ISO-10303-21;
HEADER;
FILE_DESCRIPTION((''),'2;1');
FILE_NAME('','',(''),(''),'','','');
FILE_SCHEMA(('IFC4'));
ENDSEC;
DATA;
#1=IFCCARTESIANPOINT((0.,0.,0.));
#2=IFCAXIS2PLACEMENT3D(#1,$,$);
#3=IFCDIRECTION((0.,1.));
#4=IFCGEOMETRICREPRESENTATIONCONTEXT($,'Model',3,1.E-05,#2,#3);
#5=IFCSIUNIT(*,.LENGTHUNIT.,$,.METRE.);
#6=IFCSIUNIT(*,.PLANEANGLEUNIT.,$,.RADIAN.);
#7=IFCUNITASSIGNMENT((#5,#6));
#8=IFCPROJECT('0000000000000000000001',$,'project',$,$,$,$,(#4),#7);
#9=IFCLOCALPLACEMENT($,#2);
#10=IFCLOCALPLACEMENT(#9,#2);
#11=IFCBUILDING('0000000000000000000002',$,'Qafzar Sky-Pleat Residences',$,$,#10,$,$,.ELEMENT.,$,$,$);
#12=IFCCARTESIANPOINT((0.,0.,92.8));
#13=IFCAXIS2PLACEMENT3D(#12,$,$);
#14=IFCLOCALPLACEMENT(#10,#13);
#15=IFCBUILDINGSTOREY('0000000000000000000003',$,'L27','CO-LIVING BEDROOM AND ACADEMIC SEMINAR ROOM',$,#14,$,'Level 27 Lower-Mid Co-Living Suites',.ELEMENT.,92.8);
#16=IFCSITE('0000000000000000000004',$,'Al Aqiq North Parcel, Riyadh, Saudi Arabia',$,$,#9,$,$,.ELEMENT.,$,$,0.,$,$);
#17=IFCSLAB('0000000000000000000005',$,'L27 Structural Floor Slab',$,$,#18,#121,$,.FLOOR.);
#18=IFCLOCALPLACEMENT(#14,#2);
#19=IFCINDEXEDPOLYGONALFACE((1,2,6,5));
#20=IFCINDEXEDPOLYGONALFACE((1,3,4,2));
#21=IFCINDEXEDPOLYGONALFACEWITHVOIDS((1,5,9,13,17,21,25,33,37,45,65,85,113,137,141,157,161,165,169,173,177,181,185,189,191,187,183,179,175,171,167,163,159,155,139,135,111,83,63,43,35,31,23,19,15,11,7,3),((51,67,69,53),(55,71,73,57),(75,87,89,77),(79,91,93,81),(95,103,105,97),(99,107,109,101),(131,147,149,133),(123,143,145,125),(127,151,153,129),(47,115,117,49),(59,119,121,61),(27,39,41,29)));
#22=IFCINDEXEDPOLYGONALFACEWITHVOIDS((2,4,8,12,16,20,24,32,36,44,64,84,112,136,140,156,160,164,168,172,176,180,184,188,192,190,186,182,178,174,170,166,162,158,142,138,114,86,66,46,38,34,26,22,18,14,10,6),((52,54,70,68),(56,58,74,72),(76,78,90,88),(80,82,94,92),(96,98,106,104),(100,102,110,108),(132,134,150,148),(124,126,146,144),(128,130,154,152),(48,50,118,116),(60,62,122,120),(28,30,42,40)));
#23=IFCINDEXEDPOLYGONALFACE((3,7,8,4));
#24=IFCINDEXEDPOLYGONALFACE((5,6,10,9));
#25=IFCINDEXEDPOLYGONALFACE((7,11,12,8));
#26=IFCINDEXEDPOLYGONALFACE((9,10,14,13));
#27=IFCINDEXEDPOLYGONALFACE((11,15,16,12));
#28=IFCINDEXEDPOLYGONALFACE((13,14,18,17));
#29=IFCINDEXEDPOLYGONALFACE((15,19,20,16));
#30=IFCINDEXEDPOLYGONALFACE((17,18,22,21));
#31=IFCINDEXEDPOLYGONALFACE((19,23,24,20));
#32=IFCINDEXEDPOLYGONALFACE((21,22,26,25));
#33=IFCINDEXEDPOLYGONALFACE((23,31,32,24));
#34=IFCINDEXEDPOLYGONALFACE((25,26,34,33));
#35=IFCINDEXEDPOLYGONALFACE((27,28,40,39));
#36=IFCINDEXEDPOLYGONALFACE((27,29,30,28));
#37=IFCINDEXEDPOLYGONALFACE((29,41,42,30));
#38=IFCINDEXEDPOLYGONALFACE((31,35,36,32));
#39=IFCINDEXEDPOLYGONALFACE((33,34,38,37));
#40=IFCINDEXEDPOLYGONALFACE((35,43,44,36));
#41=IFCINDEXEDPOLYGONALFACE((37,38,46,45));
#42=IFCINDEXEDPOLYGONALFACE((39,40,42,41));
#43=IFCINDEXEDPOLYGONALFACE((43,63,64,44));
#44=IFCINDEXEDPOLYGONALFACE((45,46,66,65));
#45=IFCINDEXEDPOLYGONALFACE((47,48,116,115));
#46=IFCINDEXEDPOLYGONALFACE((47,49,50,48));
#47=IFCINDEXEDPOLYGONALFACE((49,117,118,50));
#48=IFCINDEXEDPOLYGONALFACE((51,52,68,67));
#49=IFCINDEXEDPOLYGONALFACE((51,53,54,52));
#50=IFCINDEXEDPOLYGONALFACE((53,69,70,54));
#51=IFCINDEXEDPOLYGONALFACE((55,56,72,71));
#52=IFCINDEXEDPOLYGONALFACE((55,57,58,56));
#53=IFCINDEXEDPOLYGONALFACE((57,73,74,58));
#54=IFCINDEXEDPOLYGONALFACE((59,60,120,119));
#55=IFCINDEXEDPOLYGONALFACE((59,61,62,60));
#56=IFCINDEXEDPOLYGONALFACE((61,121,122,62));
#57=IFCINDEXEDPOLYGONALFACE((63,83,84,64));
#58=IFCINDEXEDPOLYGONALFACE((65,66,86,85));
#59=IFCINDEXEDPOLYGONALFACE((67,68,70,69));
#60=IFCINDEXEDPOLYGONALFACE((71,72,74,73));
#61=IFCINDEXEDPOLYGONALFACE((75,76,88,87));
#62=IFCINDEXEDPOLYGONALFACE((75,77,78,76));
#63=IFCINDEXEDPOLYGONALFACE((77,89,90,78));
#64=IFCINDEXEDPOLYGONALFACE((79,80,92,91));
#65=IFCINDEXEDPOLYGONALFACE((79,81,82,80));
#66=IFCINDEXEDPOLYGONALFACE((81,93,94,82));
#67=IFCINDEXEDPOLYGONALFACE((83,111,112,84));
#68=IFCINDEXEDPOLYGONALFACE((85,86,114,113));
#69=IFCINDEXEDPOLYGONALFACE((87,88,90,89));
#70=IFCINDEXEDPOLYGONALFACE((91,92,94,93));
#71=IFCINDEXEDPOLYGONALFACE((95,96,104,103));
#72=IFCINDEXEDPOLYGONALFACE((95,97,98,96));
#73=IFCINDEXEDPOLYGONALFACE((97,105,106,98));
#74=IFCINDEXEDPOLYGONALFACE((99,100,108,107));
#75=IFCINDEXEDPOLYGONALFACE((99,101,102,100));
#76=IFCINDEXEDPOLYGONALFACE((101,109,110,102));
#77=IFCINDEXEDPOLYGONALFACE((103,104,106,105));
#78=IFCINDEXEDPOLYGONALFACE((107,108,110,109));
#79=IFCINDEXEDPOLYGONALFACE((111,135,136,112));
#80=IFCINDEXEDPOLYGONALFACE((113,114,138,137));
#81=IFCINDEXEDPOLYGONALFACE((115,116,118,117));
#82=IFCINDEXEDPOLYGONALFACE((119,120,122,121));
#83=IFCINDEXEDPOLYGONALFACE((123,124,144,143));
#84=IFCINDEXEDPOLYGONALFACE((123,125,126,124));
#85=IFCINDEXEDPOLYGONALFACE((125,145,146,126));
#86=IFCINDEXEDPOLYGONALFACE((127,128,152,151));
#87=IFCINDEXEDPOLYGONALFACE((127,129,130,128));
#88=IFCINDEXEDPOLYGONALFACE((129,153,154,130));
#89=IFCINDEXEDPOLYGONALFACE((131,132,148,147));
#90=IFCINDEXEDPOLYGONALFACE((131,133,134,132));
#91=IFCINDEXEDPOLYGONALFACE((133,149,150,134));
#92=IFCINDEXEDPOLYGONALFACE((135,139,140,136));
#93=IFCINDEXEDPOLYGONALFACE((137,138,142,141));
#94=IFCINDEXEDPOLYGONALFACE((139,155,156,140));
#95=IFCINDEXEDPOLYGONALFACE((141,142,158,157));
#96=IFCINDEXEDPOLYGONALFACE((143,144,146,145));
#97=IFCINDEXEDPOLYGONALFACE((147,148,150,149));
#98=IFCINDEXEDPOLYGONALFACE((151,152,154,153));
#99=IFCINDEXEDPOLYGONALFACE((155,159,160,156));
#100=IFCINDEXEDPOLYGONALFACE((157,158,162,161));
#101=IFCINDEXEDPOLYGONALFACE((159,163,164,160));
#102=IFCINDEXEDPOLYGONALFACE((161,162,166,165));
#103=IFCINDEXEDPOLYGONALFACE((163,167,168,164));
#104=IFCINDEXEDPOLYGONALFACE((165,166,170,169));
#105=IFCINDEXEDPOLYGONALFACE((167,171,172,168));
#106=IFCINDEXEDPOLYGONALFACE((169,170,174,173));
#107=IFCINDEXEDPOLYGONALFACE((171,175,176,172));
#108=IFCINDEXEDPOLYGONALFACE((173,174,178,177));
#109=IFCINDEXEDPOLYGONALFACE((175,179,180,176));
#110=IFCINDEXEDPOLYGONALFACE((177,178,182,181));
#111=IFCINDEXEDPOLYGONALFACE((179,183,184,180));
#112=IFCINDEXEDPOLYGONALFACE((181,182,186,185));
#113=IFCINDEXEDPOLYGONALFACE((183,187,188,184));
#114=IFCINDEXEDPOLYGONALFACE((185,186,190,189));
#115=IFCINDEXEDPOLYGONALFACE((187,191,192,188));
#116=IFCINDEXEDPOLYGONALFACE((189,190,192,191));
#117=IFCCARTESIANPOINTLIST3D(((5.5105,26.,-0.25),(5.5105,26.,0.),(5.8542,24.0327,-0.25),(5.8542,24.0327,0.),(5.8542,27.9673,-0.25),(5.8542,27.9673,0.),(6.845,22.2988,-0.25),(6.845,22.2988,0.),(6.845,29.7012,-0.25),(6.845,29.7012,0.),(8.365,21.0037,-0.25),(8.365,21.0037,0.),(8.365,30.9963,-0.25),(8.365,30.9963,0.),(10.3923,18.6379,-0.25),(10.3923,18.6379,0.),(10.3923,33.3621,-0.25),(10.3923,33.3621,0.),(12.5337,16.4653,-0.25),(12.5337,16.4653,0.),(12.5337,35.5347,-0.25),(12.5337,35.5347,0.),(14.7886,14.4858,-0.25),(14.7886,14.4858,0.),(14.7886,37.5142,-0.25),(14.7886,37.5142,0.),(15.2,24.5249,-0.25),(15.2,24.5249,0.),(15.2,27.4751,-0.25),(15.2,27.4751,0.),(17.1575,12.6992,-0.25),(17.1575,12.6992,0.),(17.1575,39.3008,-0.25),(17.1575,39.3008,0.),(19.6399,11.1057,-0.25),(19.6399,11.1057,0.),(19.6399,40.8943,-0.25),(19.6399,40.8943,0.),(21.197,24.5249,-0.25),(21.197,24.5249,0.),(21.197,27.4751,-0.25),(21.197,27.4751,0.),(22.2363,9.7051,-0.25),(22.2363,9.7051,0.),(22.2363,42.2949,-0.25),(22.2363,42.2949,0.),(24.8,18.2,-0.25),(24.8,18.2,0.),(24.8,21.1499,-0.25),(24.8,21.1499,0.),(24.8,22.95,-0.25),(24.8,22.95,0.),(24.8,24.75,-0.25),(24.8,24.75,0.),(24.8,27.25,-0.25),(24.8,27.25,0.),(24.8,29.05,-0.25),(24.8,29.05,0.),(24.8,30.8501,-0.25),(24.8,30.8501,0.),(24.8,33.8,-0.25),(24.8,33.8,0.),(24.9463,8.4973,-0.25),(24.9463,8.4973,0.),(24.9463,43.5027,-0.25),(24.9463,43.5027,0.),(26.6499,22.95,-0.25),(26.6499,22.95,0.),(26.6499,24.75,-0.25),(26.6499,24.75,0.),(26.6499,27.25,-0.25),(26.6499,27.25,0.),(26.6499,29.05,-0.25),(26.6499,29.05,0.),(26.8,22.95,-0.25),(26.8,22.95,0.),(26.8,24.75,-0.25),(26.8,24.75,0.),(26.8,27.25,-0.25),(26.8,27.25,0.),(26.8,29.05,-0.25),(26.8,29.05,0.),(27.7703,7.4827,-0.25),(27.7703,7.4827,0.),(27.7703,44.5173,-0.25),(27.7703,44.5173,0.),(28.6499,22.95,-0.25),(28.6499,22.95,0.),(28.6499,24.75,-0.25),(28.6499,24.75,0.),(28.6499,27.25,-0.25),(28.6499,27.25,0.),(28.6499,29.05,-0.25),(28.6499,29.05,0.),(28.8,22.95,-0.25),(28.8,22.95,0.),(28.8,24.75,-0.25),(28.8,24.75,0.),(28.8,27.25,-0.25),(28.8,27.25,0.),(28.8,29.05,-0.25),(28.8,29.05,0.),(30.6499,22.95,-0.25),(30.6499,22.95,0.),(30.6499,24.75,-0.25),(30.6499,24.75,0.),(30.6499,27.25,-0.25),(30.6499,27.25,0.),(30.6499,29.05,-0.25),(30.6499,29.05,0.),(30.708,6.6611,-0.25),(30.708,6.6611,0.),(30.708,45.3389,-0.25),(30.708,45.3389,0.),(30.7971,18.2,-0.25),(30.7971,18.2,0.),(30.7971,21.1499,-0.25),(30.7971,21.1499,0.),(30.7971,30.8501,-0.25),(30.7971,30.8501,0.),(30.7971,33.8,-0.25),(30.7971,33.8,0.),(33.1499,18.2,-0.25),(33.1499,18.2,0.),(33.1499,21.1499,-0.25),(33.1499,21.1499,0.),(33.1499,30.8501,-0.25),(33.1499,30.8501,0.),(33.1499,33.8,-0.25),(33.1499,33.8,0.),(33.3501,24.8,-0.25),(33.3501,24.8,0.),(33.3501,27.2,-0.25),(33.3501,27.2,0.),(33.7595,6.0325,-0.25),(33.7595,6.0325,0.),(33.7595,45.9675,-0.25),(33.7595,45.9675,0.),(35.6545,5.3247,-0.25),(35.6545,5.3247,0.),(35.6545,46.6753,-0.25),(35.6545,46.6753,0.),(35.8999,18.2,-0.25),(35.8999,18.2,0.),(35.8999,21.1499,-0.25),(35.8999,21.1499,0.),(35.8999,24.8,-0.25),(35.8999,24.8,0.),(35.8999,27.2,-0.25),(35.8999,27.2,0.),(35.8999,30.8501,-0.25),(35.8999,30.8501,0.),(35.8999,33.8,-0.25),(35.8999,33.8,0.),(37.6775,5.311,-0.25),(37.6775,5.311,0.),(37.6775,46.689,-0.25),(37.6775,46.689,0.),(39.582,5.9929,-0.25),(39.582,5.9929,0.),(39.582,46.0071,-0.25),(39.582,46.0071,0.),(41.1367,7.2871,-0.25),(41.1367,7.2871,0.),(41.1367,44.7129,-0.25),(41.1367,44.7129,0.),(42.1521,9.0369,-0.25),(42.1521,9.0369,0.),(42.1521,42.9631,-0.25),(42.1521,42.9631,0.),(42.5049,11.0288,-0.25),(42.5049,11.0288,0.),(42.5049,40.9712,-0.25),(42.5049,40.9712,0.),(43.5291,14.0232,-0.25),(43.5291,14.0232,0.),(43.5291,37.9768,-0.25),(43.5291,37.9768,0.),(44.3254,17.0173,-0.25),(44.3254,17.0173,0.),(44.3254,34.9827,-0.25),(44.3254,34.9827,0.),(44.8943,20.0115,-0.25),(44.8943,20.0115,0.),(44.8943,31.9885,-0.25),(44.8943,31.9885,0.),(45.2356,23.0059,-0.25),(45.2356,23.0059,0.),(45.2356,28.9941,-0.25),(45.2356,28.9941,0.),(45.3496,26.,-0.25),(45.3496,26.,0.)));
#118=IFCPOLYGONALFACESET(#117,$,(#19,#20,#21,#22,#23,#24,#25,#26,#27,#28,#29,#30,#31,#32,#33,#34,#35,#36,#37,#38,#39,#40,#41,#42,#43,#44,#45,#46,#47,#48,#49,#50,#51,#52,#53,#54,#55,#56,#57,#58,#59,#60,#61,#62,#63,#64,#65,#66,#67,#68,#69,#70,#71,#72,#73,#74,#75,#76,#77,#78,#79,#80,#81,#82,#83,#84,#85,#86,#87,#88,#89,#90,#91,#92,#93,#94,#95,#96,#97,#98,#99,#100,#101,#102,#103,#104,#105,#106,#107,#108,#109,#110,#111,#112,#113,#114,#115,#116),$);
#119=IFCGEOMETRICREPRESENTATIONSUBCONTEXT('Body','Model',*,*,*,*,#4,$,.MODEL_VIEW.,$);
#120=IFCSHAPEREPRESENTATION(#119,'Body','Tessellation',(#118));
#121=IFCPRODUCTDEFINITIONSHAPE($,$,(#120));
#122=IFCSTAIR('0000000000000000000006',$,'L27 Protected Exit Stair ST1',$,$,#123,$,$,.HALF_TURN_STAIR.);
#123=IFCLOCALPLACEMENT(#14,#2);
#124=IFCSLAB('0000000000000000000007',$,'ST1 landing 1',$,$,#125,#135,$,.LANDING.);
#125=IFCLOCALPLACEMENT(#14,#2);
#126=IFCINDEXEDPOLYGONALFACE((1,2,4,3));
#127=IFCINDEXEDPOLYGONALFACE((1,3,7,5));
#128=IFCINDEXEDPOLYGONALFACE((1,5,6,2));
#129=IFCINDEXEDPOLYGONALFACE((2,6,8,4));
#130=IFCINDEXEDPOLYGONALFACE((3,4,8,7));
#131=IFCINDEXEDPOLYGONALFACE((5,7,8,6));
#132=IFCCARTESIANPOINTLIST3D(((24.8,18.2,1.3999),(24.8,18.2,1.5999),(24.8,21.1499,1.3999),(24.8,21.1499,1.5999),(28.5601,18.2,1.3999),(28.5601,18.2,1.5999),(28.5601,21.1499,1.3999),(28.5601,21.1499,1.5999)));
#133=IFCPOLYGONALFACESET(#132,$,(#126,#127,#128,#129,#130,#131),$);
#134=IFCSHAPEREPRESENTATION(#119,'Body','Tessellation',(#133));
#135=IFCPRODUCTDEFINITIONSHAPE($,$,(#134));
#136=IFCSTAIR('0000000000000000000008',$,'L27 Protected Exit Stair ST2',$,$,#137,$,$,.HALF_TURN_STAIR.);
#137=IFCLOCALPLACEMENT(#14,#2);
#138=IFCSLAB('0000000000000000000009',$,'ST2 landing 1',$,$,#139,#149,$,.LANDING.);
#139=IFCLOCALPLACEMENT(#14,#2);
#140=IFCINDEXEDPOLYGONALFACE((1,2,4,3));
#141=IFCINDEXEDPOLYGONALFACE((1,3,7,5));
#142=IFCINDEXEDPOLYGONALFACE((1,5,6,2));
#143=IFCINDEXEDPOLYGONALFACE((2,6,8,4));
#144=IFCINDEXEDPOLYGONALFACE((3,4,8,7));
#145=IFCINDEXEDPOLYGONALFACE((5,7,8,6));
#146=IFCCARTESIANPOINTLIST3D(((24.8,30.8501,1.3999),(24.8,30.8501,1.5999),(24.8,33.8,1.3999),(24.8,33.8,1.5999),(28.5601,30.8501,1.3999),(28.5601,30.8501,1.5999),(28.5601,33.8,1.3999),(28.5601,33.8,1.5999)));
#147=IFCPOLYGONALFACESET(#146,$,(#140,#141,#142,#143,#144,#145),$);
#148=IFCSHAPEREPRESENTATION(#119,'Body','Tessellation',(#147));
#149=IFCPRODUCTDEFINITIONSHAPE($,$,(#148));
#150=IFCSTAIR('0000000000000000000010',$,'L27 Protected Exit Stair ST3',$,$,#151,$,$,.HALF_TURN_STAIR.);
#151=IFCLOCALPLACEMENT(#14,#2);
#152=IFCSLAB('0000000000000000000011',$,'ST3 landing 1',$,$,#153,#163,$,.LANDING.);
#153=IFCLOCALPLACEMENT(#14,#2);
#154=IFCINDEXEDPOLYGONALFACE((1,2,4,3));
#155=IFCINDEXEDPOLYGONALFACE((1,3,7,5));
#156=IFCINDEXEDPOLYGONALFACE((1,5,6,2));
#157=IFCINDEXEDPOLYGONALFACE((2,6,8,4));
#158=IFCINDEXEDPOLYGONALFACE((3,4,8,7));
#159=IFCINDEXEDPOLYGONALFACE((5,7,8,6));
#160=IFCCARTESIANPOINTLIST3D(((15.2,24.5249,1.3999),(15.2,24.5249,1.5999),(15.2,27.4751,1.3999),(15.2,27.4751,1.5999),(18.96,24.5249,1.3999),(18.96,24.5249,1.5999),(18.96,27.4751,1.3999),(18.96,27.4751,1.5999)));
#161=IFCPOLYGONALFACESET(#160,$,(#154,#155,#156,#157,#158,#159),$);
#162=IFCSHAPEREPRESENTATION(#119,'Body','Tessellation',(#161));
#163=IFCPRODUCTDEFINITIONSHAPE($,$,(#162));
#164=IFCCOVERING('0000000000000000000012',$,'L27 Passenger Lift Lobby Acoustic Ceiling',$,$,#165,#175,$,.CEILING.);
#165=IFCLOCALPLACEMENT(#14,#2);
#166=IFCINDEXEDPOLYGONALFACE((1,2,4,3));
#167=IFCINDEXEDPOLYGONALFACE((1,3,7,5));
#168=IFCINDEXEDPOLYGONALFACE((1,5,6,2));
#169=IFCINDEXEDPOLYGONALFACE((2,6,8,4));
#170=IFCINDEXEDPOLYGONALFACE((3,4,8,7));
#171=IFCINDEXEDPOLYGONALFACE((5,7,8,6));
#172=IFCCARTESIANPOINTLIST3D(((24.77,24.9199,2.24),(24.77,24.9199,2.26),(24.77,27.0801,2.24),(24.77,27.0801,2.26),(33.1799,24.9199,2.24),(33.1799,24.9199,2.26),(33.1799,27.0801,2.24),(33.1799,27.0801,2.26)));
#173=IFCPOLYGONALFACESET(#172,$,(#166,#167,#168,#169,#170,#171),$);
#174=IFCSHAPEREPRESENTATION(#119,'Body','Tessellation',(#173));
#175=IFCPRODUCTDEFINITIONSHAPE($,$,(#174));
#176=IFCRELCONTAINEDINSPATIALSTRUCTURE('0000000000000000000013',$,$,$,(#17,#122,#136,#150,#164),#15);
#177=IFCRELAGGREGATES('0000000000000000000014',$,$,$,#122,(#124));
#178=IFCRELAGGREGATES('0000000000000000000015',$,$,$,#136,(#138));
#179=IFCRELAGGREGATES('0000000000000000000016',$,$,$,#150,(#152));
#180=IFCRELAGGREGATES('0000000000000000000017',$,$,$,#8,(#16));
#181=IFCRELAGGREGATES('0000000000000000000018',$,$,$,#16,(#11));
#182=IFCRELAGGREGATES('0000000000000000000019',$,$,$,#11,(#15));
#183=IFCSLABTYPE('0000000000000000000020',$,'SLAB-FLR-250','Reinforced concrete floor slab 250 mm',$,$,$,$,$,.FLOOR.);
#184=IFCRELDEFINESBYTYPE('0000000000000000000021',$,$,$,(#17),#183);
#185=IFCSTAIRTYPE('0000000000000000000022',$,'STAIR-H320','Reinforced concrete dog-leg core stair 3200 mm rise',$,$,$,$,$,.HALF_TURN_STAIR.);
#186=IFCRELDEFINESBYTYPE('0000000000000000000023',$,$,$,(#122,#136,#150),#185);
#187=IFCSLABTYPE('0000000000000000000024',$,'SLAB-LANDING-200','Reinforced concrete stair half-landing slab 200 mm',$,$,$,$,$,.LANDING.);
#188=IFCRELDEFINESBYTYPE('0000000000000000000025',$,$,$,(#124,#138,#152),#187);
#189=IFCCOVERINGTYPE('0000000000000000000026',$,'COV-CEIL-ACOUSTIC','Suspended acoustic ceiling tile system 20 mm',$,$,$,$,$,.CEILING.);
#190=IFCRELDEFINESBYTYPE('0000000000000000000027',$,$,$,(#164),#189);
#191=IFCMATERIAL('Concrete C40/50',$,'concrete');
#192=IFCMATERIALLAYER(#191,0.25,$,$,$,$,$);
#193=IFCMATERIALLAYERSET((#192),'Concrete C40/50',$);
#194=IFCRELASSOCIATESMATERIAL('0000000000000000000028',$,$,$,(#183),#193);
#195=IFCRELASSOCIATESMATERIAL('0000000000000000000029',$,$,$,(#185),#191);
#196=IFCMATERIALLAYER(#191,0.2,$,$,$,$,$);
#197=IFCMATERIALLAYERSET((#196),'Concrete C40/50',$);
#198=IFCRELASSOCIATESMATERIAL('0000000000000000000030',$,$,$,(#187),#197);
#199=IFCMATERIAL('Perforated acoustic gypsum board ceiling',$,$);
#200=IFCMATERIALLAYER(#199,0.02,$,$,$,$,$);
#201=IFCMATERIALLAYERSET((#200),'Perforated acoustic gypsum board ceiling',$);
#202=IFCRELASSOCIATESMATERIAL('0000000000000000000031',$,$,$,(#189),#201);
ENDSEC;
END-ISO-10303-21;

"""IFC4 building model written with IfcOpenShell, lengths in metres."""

from ifc_helpers import new_model, si_unit, direction, frame, origin, place, context, subcontext, project, spatial, polyline, outline, extrude, material, layer, layer_set, type_object, element, aggregate, save


model = new_model("IFC4")

# Units and contexts
model_context = context("Model", 3, precision=1e-05, world=origin(), true_north=direction((0.0, 1.0)))
body_context = subcontext(model_context, "Body", "Model", "MODEL_VIEW")
ifc_project = project(units=[si_unit("LENGTHUNIT", "METRE"), si_unit("PLANEANGLEUNIT", "RADIAN")], contexts=[model_context])

# Site, building, storey
site_placement = place(None, origin())
site = spatial("IfcSite", under=ifc_project, at=site_placement, Name="Al Aqiq North Parcel, Riyadh, Saudi Arabia", CompositionType="ELEMENT", RefElevation=0.0)
building_placement = place(site_placement, origin())
building = spatial("IfcBuilding", under=site, at=building_placement, Name="Qafzar Sky-Pleat Residences", CompositionType="ELEMENT")
storey_placement = place(building_placement, frame((0.0, 0.0, 92.8)))
storey = spatial("IfcBuildingStorey", under=building, at=storey_placement, Name="L27", Description="CO-LIVING BEDROOM AND ACADEMIC SEMINAR ROOM", LongName="Level 27 Lower-Mid Co-Living Suites", CompositionType="ELEMENT", Elevation=92.8)

# Slab
ifc_material_1 = material(Name="Concrete C40/50", Category="concrete")
ifc_layer_1 = layer(ifc_material_1, 0.25)
ifc_layer_set_1 = layer_set([ifc_layer_1], Name="Concrete C40/50")
slab_type_1 = type_object("IfcSlabType", Name="SLAB-FLR-250", Description="Reinforced concrete floor slab 250 mm", PredefinedType="FLOOR", material=ifc_layer_set_1)
slab_1_placement = place(storey_placement, frame((0.0, 0.0, -0.25)))
element("IfcSlab", 1, at=slab_1_placement, inside=storey, type_object=slab_type_1, Name="L27 Structural Floor Slab", PredefinedType="FLOOR", context=body_context, shape_type="SweptSolid", body=[
    extrude(outline(polyline([(8.365, 30.9963), (6.845, 29.7012), (5.8542, 27.9673), (5.5105, 26.0), (5.8542, 24.0327), (6.845, 22.2988), (8.365, 21.0037), (10.3923, 18.6379), (12.5337, 16.4653), (14.7886, 14.4858), (17.1575, 12.6992), (19.6399, 11.1057), (22.2363, 9.7051), (24.9463, 8.4973), (27.7703, 7.4827), (30.708, 6.6611), (33.7595, 6.0325), (35.6545, 5.3247), (37.6775, 5.311), (39.582, 5.9929), (41.1367, 7.2871), (42.1521, 9.0369), (42.5049, 11.0288), (43.5291, 14.0232), (44.3254, 17.0173), (44.8943, 20.0115), (45.2356, 23.0059), (45.3496, 26.0), (45.2356, 28.9941), (44.8943, 31.9885), (44.3254, 34.9827), (43.5291, 37.9768), (42.5049, 40.9712), (42.1521, 42.9631), (41.1367, 44.7129), (39.582, 46.0071), (37.6775, 46.689), (35.6545, 46.6753), (33.7595, 45.9675), (30.708, 45.3389), (27.7703, 44.5173), (24.9463, 43.5027), (22.2363, 42.2949), (19.6399, 40.8943), (17.1575, 39.3008), (14.7886, 37.5142), (12.5337, 35.5347), (10.3923, 33.3621), (8.365, 30.9963)]), holes=[polyline([(30.7971, 21.1499), (24.8, 21.1499), (24.8, 18.2), (30.7971, 18.2), (30.7971, 21.1499)]), polyline([(30.7971, 33.8), (24.8, 33.8), (24.8, 30.8501), (30.7971, 30.8501), (30.7971, 33.8)]), polyline([(21.197, 27.4751), (15.2, 27.4751), (15.2, 24.5249), (21.197, 24.5249), (21.197, 27.4751)]), polyline([(24.8, 22.95), (26.6499, 22.95), (26.6499, 24.75), (24.8, 24.75), (24.8, 22.95)]), polyline([(26.8, 22.95), (28.6499, 22.95), (28.6499, 24.75), (26.8, 24.75), (26.8, 22.95)]), polyline([(28.8, 22.95), (30.6499, 22.95), (30.6499, 24.75), (28.8, 24.75), (28.8, 22.95)]), polyline([(24.8, 27.25), (26.6499, 27.25), (26.6499, 29.05), (24.8, 29.05), (24.8, 27.25)]), polyline([(26.8, 27.25), (28.6499, 27.25), (28.6499, 29.05), (26.8, 29.05), (26.8, 27.25)]), polyline([(28.8, 27.25), (30.6499, 27.25), (30.6499, 29.05), (28.8, 29.05), (28.8, 27.25)]), polyline([(33.1499, 18.2), (35.8999, 18.2), (35.8999, 21.1499), (33.1499, 21.1499), (33.1499, 18.2)]), polyline([(33.1499, 30.8501), (35.8999, 30.8501), (35.8999, 33.8), (33.1499, 33.8), (33.1499, 30.8501)]), polyline([(33.3501, 24.8), (35.8999, 24.8), (35.8999, 27.2), (33.3501, 27.2), (33.3501, 24.8)])]), origin(), (0.0, 0.0, 1.0), 0.25),
])

# Stairs, slabs
stair_type = type_object("IfcStairType", Name="STAIR-H320", Description="Reinforced concrete dog-leg core stair 3200 mm rise", PredefinedType="HALF_TURN_STAIR", material=ifc_material_1)
stair_1_placement = place(storey_placement, origin())
stair_1 = element("IfcStair", 2, at=stair_1_placement, inside=storey, type_object=stair_type, Name="L27 Protected Exit Stair ST1", PredefinedType="HALF_TURN_STAIR")
ifc_layer_2 = layer(ifc_material_1, 0.2)
ifc_layer_set_2 = layer_set([ifc_layer_2], Name="Concrete C40/50")
slab_type_2 = type_object("IfcSlabType", Name="SLAB-LANDING-200", Description="Reinforced concrete stair half-landing slab 200 mm", PredefinedType="LANDING", material=ifc_layer_set_2)
slab_2_placement = place(storey_placement, frame((0.0, 0.0, 1.3999)))
slab_2 = element("IfcSlab", 3, at=slab_2_placement, type_object=slab_type_2, Name="ST1 landing 1", PredefinedType="LANDING", context=body_context, shape_type="SweptSolid", body=[
    extrude(outline(polyline([(28.5601, 21.1499), (24.8, 21.1499), (24.8, 18.2), (28.5601, 18.2), (28.5601, 21.1499)])), origin(), (0.0, 0.0, 1.0), 0.2),
])
aggregate(stair_1, [slab_2])
stair_2_placement = place(storey_placement, origin())
stair_2 = element("IfcStair", 4, at=stair_2_placement, inside=storey, type_object=stair_type, Name="L27 Protected Exit Stair ST2", PredefinedType="HALF_TURN_STAIR")
slab_3_placement = place(storey_placement, frame((0.0, 0.0, 1.3999)))
slab_3 = element("IfcSlab", 5, at=slab_3_placement, type_object=slab_type_2, Name="ST2 landing 1", PredefinedType="LANDING", context=body_context, shape_type="SweptSolid", body=[
    extrude(outline(polyline([(28.5601, 33.8), (24.8, 33.8), (24.8, 30.8501), (28.5601, 30.8501), (28.5601, 33.8)])), origin(), (0.0, 0.0, 1.0), 0.2),
])
aggregate(stair_2, [slab_3])
stair_3_placement = place(storey_placement, origin())
stair_3 = element("IfcStair", 6, at=stair_3_placement, inside=storey, type_object=stair_type, Name="L27 Protected Exit Stair ST3", PredefinedType="HALF_TURN_STAIR")
slab_4_placement = place(storey_placement, frame((0.0, 0.0, 1.3999)))
slab_4 = element("IfcSlab", 7, at=slab_4_placement, type_object=slab_type_2, Name="ST3 landing 1", PredefinedType="LANDING", context=body_context, shape_type="SweptSolid", body=[
    extrude(outline(polyline([(18.96, 27.4751), (15.2, 27.4751), (15.2, 24.5249), (18.96, 24.5249), (18.96, 27.4751)])), origin(), (0.0, 0.0, 1.0), 0.2),
])
aggregate(stair_3, [slab_4])

# Covering
ifc_material_2 = material(Name="Perforated acoustic gypsum board ceiling")
ifc_layer_3 = layer(ifc_material_2, 0.02)
ifc_layer_set_3 = layer_set([ifc_layer_3], Name="Perforated acoustic gypsum board ceiling")
covering_type_1 = type_object("IfcCoveringType", Name="COV-CEIL-ACOUSTIC", Description="Suspended acoustic ceiling tile system 20 mm", PredefinedType="CEILING", material=ifc_layer_set_3)
covering_1_placement = place(storey_placement, frame((0.0, 0.0, 2.24)))
element("IfcCovering", 8, at=covering_1_placement, inside=storey, type_object=covering_type_1, Name="L27 Passenger Lift Lobby Acoustic Ceiling", PredefinedType="CEILING", context=body_context, shape_type="SweptSolid", body=[
    extrude(outline(polyline([(33.1799, 24.9199), (24.77, 24.9199), (24.77, 27.0801), (33.1799, 27.0801), (33.1799, 24.9199)])), origin(), (0.0, 0.0, 1.0), 0.02),
])

save(model, "model.ifc")
